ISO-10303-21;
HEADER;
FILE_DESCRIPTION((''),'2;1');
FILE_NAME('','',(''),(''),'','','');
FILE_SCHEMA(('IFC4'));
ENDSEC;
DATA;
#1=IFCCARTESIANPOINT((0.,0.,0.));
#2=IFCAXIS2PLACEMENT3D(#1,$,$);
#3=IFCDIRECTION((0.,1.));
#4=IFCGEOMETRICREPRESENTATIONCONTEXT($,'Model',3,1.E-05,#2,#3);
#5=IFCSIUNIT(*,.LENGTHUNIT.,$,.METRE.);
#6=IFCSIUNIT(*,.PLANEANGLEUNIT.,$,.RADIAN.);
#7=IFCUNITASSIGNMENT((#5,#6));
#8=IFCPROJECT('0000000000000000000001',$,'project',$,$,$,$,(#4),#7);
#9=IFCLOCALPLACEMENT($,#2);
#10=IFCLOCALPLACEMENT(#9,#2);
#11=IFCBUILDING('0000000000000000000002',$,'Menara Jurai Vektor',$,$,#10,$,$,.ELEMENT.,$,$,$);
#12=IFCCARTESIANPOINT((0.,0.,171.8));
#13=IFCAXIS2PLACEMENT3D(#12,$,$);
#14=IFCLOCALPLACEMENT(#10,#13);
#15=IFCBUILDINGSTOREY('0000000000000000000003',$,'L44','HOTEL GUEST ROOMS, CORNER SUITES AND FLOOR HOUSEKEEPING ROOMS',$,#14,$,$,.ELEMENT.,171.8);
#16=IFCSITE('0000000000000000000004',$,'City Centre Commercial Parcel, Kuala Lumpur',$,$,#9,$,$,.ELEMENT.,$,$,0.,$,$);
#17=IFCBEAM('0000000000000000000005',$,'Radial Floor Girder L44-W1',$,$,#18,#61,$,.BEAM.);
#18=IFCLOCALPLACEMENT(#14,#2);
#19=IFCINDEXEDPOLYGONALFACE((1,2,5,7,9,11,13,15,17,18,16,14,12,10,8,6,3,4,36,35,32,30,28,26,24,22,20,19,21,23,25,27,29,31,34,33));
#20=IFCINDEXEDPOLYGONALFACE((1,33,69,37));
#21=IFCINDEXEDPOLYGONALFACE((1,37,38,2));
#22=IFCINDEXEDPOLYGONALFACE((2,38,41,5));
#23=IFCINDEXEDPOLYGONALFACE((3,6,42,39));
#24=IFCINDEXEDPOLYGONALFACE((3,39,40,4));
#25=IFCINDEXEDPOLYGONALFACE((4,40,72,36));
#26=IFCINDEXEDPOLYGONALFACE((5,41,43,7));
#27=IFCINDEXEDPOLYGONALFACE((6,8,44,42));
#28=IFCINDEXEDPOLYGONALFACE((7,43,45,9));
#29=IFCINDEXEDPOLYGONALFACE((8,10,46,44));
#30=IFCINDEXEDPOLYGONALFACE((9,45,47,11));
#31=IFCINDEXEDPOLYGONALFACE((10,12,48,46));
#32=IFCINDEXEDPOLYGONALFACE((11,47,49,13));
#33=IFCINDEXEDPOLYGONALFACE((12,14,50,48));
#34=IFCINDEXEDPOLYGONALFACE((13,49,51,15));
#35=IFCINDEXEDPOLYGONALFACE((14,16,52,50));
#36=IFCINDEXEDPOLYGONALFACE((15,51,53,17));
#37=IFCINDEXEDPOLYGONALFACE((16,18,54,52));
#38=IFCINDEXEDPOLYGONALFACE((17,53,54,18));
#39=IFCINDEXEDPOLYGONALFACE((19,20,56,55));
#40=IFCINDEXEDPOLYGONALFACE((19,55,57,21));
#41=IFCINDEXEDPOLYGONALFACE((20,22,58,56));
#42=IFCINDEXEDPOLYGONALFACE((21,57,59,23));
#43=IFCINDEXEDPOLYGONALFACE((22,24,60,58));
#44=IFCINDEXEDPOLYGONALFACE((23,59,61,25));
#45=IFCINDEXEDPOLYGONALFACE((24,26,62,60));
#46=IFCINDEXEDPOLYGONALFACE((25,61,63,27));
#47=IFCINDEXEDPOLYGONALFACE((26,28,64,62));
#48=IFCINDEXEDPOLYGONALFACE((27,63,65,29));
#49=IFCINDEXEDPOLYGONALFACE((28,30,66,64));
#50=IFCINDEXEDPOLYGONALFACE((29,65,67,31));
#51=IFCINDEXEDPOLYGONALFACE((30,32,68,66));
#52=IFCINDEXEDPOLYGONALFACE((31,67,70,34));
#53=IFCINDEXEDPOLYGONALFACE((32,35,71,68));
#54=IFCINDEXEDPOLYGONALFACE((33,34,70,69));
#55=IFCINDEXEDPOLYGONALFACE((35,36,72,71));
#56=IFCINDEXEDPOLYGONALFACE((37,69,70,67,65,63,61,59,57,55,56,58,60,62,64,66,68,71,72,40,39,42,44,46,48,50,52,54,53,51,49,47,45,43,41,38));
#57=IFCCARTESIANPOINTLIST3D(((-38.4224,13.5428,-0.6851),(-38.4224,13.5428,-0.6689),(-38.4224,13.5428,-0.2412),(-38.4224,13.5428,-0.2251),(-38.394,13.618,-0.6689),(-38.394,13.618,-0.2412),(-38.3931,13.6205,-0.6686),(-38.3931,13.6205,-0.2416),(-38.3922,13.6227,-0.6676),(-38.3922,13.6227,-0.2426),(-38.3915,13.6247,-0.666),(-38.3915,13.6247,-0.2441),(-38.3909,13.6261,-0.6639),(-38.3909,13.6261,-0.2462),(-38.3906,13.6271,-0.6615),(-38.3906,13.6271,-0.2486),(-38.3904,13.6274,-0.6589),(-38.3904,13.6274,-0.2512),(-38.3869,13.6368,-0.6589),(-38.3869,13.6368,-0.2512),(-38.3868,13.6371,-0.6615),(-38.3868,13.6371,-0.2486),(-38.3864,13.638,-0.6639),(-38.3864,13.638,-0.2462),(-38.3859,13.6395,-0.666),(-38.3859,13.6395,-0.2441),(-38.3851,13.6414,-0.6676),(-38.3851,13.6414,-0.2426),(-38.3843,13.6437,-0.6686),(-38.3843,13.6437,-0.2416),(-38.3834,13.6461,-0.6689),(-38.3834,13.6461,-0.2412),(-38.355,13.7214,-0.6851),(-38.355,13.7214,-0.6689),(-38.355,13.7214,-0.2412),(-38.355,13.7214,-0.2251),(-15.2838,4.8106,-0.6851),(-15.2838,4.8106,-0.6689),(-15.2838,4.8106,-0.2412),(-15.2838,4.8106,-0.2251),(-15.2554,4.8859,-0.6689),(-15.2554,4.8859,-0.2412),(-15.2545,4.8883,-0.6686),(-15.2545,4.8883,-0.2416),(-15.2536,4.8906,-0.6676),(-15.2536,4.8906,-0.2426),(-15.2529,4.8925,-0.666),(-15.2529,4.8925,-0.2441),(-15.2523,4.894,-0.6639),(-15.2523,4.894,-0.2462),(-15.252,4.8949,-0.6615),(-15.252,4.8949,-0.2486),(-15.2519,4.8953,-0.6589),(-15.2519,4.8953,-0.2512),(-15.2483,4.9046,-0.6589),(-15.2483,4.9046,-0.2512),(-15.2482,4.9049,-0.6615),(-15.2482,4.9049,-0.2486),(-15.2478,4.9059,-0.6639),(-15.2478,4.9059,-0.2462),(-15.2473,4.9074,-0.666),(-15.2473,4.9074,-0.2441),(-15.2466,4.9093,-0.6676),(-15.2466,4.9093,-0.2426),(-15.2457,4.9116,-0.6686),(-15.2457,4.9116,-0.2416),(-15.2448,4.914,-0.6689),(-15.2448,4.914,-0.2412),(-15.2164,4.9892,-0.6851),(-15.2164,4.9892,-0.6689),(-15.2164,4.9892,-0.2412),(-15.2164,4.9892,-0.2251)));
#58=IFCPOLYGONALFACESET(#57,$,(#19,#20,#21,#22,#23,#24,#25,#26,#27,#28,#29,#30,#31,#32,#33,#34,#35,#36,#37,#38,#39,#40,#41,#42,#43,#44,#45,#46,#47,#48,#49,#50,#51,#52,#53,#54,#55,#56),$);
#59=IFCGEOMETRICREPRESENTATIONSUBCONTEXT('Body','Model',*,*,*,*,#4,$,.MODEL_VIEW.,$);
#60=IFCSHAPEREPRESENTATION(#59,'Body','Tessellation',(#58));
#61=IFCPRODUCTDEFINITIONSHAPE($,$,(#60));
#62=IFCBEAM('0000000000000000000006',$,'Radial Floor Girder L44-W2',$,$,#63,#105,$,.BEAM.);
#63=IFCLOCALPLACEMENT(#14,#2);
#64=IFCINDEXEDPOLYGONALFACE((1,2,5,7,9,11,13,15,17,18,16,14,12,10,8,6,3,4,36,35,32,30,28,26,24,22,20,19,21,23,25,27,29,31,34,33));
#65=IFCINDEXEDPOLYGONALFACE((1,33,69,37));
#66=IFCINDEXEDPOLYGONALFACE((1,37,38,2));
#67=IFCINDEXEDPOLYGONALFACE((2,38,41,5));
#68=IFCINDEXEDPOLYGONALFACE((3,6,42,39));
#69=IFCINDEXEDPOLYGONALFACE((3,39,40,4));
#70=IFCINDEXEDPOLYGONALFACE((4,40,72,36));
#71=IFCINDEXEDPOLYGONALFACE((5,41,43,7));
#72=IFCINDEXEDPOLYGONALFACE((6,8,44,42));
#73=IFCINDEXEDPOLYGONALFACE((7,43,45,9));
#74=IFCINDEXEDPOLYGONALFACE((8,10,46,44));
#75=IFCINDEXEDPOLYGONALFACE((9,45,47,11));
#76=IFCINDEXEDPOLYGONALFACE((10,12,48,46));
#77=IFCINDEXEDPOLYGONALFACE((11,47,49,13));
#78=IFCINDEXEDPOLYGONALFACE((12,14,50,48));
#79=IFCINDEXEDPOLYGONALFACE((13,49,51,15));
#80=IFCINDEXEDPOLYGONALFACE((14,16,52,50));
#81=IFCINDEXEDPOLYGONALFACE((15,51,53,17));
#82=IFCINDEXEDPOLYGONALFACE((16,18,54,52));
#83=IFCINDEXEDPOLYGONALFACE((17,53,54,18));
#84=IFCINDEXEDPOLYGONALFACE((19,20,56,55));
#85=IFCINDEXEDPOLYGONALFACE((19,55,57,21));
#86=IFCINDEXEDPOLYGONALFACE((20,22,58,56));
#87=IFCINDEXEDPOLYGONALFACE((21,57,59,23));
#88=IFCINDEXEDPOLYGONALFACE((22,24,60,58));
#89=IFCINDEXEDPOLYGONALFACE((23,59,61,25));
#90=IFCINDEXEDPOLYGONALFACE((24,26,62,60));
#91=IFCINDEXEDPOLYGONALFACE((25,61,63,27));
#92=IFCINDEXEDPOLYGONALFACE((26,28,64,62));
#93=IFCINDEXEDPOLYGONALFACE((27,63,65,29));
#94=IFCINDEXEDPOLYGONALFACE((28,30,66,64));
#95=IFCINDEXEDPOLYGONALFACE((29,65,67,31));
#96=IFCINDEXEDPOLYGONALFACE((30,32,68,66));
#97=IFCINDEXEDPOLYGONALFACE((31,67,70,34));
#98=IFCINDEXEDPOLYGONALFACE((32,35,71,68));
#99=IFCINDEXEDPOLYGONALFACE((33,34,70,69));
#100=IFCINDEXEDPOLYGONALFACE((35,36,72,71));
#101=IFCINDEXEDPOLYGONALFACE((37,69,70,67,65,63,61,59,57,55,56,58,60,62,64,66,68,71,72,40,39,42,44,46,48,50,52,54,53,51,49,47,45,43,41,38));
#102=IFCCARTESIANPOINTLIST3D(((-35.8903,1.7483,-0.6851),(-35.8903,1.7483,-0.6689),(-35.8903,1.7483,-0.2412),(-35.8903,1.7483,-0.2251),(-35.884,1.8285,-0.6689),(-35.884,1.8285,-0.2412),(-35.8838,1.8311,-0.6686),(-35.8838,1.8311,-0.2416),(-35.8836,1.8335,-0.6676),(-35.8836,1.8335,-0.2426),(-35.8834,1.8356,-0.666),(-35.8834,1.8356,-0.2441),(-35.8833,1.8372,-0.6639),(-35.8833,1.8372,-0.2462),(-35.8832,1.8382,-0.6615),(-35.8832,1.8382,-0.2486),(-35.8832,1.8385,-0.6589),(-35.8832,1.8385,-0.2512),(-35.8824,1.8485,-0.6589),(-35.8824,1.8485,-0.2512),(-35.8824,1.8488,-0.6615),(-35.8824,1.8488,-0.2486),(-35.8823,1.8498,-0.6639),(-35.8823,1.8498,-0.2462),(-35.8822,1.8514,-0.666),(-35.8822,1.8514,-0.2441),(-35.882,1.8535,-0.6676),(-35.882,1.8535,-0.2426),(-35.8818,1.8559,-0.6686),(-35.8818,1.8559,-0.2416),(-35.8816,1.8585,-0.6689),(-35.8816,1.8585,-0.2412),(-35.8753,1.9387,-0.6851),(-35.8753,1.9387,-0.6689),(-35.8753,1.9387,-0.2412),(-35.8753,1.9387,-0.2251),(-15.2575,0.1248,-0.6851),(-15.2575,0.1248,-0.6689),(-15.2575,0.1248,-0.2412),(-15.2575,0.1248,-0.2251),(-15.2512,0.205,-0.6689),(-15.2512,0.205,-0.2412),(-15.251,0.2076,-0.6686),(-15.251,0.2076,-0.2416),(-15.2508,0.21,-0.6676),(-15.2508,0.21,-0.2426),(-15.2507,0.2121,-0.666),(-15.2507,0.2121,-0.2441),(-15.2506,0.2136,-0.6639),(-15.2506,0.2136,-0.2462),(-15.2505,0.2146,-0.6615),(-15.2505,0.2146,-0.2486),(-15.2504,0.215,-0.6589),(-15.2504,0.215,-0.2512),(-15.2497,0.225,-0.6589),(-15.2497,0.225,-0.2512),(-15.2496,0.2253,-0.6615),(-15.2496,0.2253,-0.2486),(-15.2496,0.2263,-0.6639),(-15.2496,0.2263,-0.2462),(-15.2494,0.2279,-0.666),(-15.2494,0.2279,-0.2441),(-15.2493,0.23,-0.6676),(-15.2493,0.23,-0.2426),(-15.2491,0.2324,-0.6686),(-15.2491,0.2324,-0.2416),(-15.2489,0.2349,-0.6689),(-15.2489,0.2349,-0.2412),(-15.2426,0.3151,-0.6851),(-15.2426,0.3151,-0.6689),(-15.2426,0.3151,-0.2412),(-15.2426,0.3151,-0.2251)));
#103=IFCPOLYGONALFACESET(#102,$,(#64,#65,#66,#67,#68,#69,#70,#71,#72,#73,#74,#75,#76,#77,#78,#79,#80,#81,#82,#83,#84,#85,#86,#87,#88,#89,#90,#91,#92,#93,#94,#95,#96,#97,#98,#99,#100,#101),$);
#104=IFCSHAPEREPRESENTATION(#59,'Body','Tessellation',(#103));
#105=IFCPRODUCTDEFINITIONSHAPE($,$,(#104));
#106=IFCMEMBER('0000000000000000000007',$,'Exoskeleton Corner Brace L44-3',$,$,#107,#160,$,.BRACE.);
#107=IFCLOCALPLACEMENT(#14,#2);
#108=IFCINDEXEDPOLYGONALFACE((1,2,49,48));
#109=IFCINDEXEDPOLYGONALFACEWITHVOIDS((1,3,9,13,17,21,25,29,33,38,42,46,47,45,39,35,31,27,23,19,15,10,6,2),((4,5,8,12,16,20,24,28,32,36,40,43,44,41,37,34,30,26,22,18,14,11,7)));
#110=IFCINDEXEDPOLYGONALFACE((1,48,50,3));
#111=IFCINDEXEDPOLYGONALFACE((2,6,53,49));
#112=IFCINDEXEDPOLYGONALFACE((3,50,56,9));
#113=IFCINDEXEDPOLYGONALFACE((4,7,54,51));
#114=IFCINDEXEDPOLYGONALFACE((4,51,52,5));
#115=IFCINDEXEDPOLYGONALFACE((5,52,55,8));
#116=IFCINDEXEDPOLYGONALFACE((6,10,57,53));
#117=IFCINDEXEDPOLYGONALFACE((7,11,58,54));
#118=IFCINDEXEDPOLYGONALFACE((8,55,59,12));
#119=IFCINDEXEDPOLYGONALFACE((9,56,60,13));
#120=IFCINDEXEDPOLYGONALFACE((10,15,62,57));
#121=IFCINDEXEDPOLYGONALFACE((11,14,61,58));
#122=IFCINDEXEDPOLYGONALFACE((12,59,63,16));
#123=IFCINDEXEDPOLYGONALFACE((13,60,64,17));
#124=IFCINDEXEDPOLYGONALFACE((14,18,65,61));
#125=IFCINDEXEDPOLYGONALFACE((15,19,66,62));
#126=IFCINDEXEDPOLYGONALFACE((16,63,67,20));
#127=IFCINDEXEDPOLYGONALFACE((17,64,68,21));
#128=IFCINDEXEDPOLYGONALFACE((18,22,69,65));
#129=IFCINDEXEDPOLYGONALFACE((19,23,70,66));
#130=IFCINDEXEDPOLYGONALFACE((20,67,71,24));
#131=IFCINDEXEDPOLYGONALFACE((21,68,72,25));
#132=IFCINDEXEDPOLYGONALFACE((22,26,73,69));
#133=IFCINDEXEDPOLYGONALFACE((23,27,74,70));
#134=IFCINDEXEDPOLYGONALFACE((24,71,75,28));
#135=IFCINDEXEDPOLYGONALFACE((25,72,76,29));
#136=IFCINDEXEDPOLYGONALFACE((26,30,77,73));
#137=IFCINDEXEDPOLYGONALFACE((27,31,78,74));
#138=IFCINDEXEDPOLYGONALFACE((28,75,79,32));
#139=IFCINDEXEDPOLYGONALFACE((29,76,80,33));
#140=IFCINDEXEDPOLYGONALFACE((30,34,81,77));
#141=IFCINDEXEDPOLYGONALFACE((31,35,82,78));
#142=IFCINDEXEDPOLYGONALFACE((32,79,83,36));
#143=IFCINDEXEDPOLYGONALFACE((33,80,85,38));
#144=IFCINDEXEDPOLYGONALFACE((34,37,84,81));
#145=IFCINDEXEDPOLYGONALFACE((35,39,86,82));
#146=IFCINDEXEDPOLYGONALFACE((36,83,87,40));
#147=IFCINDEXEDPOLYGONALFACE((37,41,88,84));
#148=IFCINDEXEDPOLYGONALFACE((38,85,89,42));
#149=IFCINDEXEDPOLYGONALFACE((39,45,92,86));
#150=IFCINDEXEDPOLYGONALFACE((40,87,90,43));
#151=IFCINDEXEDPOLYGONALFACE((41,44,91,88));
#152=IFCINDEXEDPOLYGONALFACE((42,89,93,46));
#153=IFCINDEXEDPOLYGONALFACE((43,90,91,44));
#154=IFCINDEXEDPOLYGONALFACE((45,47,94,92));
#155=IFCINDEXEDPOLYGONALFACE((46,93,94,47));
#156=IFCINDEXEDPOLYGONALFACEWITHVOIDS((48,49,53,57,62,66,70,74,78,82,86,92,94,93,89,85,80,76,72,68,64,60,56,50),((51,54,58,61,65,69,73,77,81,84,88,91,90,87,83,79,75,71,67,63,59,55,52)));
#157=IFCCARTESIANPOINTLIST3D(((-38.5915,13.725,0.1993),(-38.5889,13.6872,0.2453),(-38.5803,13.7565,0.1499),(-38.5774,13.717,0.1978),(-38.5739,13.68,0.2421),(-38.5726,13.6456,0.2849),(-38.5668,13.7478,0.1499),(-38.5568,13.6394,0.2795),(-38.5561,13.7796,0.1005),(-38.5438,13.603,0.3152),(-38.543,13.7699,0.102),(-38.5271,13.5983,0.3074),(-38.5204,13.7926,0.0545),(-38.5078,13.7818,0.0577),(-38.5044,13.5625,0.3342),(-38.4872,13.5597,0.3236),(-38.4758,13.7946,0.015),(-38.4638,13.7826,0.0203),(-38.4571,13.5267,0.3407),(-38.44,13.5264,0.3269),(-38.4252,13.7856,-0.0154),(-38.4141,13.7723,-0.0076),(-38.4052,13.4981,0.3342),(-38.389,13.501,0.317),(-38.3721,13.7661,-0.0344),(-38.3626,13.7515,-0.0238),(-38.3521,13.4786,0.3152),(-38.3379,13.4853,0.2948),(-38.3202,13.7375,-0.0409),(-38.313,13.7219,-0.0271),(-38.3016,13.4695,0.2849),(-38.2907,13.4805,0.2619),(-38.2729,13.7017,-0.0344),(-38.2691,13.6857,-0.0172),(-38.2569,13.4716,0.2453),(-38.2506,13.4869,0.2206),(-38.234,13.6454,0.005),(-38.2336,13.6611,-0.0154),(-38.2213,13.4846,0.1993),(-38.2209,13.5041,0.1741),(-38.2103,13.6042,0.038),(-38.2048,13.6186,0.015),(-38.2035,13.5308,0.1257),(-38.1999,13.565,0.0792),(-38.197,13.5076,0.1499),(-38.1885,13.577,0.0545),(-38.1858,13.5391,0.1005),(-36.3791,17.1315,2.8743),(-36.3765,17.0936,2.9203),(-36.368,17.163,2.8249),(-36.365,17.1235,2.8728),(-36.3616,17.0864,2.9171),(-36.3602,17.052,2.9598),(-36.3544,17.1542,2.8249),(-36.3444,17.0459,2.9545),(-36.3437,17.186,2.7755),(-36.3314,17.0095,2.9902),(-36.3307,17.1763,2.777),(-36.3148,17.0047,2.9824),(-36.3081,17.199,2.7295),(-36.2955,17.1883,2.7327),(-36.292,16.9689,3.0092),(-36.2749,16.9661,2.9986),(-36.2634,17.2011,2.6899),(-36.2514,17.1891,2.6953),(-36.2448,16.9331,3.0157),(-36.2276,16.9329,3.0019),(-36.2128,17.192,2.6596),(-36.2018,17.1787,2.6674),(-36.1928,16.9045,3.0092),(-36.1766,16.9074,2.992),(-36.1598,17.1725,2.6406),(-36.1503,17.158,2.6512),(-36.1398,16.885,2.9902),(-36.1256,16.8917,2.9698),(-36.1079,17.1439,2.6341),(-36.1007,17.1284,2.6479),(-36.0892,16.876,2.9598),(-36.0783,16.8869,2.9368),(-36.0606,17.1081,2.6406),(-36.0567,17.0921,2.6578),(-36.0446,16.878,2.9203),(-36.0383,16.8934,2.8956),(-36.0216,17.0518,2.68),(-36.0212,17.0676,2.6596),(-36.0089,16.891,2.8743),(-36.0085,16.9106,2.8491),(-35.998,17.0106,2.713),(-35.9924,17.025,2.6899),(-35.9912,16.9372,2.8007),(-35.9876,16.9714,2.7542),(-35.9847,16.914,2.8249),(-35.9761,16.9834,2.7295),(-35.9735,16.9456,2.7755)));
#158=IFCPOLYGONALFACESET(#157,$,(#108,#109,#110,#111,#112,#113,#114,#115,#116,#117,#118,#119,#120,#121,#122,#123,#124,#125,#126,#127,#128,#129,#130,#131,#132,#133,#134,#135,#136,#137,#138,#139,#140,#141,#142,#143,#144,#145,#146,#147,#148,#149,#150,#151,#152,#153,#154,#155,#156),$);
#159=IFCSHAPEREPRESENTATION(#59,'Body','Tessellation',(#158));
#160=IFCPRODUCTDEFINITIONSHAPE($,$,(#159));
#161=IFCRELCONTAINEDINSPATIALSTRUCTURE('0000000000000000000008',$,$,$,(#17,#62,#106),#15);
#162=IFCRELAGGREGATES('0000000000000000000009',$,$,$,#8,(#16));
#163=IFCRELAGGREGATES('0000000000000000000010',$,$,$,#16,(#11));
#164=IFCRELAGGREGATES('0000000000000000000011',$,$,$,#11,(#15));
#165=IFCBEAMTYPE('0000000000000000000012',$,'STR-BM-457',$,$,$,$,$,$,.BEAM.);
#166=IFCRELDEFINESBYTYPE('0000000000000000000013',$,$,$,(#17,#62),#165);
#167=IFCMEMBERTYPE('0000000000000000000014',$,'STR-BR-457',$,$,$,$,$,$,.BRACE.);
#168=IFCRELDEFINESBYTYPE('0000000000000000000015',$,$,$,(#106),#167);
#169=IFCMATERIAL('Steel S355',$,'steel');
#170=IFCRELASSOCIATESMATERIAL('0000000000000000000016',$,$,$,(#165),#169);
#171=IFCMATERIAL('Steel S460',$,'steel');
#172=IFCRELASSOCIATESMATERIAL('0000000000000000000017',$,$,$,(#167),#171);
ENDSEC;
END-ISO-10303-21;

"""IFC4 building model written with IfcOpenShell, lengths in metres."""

from ifc_helpers import new_model, si_unit, direction, frame, origin, origin_2d, place, context, subcontext, project, spatial, hollow_circle, i_section, extrude, material, material_profile, profile_set, type_object, element, save


model = new_model("IFC4")

# Units and contexts
model_context = context("Model", 3, precision=1e-05, world=origin(), true_north=direction((0.0, 1.0)))
body_context = subcontext(model_context, "Body", "Model", "MODEL_VIEW")
ifc_project = project(units=[si_unit("LENGTHUNIT", "METRE"), si_unit("PLANEANGLEUNIT", "RADIAN")], contexts=[model_context])

# Site, building, storey
site_placement = place(None, origin())
site = spatial("IfcSite", under=ifc_project, at=site_placement, Name="City Centre Commercial Parcel, Kuala Lumpur", CompositionType="ELEMENT", RefElevation=0.0)
building_placement = place(site_placement, origin())
building = spatial("IfcBuilding", under=site, at=building_placement, Name="Menara Jurai Vektor", CompositionType="ELEMENT")
storey_placement = place(building_placement, frame((0.0, 0.0, 171.8)))
storey = spatial("IfcBuildingStorey", under=building, at=storey_placement, Name="L44", Description="HOTEL GUEST ROOMS, CORNER SUITES AND FLOOR HOUSEKEEPING ROOMS", CompositionType="ELEMENT", Elevation=171.8)

# Shared definitions
ifc_material_1 = material(Name="Steel S460", Category="steel")

# Beams
ifc_material_2 = material(Name="Steel S355", Category="steel")
ifc_material_profile_1 = material_profile(ifc_material_2, i_section(OverallWidth=0.1909, OverallDepth=0.46, WebThickness=0.01, FlangeThickness=0.0161, FilletRadius=0.01, at=origin_2d()), Name="UKB 457x191x82")
ifc_profile_set_1 = profile_set([ifc_material_profile_1], Name="Steel S355")
beam_type_1 = type_object("IfcBeamType", Name="STR-BM-457", PredefinedType="BEAM", material=ifc_profile_set_1)
beam_1_placement = place(storey_placement, frame((-38.3887, 13.6321, -0.4551), z_axis=(0.935594, -0.353079, 0.0), x_axis=(0.353079, 0.935594, 0.0)))
element("IfcBeam", 1, at=beam_1_placement, inside=storey, type_object=beam_type_1, Name="Radial Floor Girder L44-W1", PredefinedType="BEAM", context=body_context, shape_type="SweptSolid", body=[
    extrude(i_section(OverallWidth=0.1909, OverallDepth=0.46, WebThickness=0.01, FlangeThickness=0.0161, FilletRadius=0.01, at=origin_2d()), origin(), (0.0, 0.0, 1.0), 24.7314),
])
beam_2_placement = place(storey_placement, frame((-35.8828, 1.8435, -0.4551), z_axis=(0.996918, -0.078445, 0.0), x_axis=(0.078445, 0.996918, 0.0)))
element("IfcBeam", 2, at=beam_2_placement, inside=storey, type_object=beam_type_1, Name="Radial Floor Girder L44-W2", PredefinedType="BEAM", context=body_context, shape_type="SweptSolid", body=[
    extrude(i_section(OverallWidth=0.1909, OverallDepth=0.46, WebThickness=0.01, FlangeThickness=0.0161, FilletRadius=0.01, at=origin_2d()), origin(), (0.0, 0.0, 1.0), 20.6965),
])

# Member
ifc_material_profile_2 = material_profile(ifc_material_1, hollow_circle(Radius=0.2285, WallThickness=0.0161, at=origin_2d()), Name="CHS 457x16")
ifc_profile_set_2 = profile_set([ifc_material_profile_2], Name="Steel S460")
member_type_1 = type_object("IfcMemberType", Name="STR-BR-457", PredefinedType="BRACE", material=ifc_profile_set_2)
member_1_placement = place(storey_placement, frame((-38.3887, 13.6321, 0.1499), z_axis=(0.454888, 0.700403, 0.550012), x_axis=(-0.838648, 0.544674, 0.0)))
element("IfcMember", 3, at=member_1_placement, inside=storey, type_object=member_type_1, Name="Exoskeleton Corner Brace L44-3", PredefinedType="BRACE", context=body_context, shape_type="SweptSolid", body=[
    extrude(hollow_circle(Radius=0.2285, WallThickness=0.0161, at=origin_2d()), origin(), (0.0, 0.0, 1.0), 4.8635),
])

save(model, "model.ifc")
